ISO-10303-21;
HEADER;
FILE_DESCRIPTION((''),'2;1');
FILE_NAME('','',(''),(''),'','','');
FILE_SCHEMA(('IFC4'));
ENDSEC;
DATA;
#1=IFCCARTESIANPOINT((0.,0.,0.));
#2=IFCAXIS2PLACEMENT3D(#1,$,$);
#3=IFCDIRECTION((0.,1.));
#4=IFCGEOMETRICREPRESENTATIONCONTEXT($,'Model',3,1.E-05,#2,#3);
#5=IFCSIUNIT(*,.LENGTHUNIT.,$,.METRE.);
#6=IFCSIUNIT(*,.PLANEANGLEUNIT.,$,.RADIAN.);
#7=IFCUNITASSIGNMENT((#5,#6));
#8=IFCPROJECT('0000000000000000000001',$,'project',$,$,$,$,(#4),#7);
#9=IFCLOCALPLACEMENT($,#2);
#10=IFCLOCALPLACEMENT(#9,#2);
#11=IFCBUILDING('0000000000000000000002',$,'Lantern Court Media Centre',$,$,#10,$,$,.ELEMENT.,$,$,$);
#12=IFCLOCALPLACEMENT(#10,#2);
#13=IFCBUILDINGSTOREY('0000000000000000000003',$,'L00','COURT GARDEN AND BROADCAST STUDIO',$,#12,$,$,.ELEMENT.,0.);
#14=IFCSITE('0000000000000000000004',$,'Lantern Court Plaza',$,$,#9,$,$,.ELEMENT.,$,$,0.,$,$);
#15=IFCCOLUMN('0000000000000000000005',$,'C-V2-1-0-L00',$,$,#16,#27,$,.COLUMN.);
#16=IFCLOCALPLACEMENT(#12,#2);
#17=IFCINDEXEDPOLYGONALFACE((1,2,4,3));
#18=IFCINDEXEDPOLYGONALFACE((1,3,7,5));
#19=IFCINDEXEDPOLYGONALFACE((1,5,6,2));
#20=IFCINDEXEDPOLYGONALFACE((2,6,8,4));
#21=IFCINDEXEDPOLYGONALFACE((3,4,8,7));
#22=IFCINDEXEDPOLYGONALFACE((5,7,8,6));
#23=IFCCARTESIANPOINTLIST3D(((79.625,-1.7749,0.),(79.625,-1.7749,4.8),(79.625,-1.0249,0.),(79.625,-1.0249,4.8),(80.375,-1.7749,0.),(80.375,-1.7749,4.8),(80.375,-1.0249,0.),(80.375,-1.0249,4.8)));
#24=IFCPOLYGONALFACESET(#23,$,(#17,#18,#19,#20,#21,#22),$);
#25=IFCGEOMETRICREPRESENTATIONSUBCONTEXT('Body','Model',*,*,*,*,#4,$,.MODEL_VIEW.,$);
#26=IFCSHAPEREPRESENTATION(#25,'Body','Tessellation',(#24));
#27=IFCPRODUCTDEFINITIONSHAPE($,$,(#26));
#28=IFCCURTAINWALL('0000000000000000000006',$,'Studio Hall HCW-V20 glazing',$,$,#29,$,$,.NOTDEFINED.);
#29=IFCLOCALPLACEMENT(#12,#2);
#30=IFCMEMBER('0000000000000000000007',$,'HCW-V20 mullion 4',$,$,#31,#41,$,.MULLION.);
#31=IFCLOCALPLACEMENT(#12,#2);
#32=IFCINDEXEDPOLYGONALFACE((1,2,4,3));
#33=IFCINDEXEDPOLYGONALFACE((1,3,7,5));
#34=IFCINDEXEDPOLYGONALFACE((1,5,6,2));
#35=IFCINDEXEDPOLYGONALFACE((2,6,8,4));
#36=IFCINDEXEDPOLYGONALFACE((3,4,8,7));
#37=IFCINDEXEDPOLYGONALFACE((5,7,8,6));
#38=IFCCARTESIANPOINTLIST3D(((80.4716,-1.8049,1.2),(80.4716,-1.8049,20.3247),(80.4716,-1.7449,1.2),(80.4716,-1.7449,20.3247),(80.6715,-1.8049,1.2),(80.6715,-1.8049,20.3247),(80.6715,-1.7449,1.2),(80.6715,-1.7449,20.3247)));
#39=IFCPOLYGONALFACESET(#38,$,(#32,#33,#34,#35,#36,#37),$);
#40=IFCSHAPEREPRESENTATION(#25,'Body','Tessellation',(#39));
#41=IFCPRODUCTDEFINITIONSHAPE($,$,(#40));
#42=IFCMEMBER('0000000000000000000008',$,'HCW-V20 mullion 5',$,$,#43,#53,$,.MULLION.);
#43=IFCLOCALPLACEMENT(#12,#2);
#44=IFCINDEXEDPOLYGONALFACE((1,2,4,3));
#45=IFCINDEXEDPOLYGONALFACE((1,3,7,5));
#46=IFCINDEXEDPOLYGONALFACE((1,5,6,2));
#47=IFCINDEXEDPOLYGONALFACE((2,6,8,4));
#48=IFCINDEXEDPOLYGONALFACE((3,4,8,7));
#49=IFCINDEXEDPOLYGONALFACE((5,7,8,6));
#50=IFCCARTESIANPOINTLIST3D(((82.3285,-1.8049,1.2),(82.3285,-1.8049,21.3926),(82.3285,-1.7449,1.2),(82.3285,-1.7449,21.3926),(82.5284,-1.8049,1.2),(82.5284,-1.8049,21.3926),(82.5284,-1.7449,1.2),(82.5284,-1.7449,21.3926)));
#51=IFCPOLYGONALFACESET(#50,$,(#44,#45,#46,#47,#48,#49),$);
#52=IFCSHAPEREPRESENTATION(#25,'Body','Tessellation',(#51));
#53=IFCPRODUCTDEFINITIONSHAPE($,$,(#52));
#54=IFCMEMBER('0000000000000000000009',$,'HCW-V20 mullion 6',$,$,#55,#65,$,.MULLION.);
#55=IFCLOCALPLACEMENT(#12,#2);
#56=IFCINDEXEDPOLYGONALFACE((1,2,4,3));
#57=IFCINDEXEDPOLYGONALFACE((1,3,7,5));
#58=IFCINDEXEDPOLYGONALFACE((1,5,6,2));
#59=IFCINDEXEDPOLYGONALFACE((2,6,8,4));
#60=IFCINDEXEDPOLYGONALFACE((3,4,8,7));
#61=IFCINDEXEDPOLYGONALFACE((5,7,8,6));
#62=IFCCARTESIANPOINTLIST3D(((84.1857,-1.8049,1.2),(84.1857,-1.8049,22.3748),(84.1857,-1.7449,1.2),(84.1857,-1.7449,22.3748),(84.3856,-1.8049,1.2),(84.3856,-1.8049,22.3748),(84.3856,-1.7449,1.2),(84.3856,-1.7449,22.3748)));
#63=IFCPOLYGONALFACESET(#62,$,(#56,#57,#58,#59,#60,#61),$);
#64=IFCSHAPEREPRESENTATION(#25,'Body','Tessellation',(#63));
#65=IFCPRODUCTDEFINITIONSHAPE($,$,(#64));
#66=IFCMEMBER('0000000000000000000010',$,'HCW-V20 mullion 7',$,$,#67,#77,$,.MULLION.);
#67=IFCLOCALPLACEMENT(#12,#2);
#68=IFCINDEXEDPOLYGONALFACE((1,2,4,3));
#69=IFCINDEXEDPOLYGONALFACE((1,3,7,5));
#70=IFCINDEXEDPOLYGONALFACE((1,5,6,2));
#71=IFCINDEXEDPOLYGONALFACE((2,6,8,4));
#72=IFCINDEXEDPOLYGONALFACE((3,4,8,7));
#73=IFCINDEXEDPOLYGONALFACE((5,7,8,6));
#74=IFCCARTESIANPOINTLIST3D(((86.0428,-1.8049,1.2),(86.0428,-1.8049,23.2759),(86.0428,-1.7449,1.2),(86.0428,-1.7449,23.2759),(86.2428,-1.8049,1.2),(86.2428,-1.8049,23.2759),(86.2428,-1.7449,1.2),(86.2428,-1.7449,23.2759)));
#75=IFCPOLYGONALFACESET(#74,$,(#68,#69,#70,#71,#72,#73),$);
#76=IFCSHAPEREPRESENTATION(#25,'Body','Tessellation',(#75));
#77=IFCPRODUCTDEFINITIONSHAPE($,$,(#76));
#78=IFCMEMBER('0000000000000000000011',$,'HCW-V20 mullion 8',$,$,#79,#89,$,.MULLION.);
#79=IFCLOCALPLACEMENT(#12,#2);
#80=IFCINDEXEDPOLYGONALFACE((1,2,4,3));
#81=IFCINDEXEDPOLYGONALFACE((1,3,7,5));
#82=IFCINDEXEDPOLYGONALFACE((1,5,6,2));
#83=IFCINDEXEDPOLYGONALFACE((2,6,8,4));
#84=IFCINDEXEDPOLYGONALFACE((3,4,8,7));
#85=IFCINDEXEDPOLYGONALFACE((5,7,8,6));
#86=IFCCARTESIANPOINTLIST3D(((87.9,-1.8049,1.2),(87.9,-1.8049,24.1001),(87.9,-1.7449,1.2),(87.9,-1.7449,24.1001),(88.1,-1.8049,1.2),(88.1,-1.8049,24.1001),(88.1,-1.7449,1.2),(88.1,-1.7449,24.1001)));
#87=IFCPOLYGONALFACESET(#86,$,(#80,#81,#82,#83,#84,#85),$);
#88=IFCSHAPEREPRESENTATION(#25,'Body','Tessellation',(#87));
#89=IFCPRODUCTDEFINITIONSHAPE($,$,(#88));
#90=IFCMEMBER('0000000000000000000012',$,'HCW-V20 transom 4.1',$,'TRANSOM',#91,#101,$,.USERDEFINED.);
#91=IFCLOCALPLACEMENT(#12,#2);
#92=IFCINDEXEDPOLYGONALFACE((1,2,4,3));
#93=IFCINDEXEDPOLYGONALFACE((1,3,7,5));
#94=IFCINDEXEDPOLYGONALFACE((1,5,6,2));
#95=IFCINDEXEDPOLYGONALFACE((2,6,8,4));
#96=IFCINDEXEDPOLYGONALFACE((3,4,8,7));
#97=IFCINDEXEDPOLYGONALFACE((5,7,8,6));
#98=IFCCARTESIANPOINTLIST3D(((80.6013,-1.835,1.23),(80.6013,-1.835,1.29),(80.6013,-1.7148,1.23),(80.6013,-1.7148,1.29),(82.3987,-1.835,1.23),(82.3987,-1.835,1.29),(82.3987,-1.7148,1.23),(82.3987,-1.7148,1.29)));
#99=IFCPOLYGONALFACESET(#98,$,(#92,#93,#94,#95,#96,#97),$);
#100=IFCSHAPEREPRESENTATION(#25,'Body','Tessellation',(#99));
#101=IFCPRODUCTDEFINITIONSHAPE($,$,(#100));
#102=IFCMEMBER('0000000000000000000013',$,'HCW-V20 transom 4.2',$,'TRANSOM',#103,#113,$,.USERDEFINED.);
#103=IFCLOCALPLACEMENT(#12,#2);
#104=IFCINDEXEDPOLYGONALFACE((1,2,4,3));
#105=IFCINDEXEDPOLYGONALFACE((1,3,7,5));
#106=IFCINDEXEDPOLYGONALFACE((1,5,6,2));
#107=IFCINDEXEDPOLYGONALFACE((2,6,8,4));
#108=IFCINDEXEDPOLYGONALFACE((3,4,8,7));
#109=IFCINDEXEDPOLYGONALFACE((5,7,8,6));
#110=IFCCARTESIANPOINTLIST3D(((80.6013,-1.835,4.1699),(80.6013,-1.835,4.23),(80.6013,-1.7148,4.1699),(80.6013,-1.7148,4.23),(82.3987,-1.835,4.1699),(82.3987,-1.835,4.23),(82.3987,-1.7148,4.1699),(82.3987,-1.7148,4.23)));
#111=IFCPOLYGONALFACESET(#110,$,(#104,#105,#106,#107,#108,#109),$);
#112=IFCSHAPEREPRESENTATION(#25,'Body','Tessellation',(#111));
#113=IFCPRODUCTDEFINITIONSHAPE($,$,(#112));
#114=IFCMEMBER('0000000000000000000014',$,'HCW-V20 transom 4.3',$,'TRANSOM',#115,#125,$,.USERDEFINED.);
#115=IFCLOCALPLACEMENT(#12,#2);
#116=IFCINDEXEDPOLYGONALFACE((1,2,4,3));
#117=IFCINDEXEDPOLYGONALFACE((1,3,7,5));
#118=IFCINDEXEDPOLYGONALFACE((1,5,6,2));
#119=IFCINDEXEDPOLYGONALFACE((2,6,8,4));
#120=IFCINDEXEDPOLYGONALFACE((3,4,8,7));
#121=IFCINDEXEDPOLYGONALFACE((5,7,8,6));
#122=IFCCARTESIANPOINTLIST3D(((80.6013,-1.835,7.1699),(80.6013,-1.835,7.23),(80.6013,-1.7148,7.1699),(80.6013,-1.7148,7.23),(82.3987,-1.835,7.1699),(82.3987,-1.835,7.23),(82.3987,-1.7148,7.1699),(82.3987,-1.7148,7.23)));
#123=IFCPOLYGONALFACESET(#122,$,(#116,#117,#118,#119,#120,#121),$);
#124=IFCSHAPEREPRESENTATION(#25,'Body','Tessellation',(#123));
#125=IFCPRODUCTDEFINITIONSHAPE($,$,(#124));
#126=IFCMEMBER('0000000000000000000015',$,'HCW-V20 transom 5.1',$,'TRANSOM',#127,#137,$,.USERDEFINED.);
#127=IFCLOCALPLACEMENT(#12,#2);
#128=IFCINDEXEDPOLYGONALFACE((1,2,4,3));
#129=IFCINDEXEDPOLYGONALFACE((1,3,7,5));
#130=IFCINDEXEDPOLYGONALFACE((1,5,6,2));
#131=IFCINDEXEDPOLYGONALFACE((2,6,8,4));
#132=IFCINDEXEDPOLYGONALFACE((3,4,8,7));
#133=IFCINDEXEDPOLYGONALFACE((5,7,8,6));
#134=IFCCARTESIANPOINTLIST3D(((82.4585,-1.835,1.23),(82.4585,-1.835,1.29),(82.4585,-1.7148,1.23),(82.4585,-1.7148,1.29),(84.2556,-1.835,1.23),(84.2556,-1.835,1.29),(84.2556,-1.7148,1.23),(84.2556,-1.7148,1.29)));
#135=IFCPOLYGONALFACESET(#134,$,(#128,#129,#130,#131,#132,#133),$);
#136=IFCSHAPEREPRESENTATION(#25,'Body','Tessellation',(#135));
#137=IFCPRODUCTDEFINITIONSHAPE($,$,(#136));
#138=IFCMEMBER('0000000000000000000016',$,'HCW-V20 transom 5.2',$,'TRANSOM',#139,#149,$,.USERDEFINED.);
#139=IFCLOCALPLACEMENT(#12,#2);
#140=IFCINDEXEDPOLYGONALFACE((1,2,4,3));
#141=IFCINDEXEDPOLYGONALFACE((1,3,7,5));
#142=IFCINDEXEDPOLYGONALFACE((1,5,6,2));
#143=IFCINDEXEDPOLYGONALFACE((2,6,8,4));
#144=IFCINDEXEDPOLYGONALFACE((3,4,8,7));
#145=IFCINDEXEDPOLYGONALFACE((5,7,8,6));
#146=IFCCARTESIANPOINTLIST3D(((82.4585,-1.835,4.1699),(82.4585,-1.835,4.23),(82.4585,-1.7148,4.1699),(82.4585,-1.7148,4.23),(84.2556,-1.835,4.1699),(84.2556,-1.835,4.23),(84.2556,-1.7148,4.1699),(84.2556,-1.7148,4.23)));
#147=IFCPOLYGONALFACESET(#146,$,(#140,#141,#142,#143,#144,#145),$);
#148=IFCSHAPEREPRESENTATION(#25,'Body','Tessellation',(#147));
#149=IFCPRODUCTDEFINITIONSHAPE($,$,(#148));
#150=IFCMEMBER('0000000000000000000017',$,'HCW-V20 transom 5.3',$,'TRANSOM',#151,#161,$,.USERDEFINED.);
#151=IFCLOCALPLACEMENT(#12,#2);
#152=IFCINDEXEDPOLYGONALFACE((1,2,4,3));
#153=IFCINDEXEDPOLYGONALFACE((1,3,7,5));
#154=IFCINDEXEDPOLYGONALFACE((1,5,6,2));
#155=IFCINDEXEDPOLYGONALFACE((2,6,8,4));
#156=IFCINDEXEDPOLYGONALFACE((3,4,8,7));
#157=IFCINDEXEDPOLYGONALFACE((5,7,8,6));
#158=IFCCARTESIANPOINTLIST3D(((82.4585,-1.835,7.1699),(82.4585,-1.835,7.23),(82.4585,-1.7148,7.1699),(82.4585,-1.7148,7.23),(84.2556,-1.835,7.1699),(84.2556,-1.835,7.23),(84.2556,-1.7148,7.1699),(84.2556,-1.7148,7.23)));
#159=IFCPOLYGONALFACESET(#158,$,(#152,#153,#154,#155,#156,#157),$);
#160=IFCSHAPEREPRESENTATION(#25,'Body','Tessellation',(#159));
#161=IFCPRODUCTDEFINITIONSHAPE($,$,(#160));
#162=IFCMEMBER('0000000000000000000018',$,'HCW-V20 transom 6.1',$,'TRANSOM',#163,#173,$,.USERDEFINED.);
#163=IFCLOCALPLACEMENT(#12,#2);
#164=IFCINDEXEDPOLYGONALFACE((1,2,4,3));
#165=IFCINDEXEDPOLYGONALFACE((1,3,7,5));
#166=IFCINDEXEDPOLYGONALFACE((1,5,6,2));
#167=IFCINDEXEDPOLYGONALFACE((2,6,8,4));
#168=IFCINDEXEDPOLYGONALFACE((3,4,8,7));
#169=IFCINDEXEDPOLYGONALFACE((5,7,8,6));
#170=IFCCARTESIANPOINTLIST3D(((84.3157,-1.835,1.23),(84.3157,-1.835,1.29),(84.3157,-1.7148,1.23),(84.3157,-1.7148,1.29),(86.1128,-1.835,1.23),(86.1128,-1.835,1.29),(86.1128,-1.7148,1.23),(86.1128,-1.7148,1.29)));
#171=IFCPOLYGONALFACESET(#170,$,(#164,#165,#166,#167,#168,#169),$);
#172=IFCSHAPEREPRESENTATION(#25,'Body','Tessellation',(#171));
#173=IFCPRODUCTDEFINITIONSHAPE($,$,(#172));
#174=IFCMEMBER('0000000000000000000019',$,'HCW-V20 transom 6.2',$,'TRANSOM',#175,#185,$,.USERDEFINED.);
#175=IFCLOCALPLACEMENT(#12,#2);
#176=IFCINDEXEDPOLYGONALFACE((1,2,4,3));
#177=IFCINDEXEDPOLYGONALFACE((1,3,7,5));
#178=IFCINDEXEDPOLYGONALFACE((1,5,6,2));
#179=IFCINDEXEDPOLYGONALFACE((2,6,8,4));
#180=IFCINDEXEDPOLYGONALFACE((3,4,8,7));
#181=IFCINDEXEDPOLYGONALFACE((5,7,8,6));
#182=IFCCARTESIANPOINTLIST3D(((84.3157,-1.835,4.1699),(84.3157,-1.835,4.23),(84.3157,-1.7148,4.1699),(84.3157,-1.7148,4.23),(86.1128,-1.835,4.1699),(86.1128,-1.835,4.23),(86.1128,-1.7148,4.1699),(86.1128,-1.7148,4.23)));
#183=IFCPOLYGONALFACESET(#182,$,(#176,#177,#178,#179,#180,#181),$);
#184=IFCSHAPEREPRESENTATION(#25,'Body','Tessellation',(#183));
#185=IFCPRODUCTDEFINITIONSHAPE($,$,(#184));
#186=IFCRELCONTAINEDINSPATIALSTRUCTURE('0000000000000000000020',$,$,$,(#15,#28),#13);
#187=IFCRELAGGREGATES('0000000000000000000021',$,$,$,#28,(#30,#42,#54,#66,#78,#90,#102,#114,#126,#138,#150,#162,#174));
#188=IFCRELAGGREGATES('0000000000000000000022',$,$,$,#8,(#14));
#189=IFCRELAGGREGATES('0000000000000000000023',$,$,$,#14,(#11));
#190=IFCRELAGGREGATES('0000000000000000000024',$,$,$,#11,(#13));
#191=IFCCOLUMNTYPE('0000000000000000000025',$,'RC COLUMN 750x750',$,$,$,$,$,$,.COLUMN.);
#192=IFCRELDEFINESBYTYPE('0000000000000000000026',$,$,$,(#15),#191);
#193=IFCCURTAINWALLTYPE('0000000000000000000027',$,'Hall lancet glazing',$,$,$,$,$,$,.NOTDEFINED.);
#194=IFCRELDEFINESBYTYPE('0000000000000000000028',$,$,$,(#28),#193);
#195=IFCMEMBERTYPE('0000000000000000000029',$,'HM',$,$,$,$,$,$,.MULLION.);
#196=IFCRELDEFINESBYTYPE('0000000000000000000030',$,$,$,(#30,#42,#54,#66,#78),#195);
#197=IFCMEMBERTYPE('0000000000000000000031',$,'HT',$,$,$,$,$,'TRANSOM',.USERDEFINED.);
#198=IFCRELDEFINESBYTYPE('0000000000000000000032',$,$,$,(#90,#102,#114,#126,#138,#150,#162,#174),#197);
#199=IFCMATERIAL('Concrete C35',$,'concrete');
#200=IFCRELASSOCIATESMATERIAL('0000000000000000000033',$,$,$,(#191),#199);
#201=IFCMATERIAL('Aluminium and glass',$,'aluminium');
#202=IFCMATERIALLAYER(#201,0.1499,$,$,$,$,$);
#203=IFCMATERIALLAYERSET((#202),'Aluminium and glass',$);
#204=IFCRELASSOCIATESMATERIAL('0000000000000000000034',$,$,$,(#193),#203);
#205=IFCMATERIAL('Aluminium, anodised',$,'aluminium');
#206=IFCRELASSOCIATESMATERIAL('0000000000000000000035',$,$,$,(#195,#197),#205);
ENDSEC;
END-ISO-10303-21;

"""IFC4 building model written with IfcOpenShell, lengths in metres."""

from ifc_helpers import new_model, si_unit, direction, frame, origin, origin_2d, place, context, subcontext, project, spatial, rectangle, extrude, material, layer, layer_set, material_profile, profile_set, type_object, element, aggregate, save


model = new_model("IFC4")

# Units and contexts
model_context = context("Model", 3, precision=1e-05, world=origin(), true_north=direction((0.0, 1.0)))
body_context = subcontext(model_context, "Body", "Model", "MODEL_VIEW")
ifc_project = project(units=[si_unit("LENGTHUNIT", "METRE"), si_unit("PLANEANGLEUNIT", "RADIAN")], contexts=[model_context])

# Site, building, storey
site_placement = place(None, origin())
site = spatial("IfcSite", under=ifc_project, at=site_placement, Name="Lantern Court Plaza", CompositionType="ELEMENT", RefElevation=0.0)
building_placement = place(site_placement, origin())
building = spatial("IfcBuilding", under=site, at=building_placement, Name="Lantern Court Media Centre", CompositionType="ELEMENT")
storey_placement = place(building_placement, origin())
storey = spatial("IfcBuildingStorey", under=building, at=storey_placement, Name="L00", Description="COURT GARDEN AND BROADCAST STUDIO", CompositionType="ELEMENT", Elevation=0.0)

# Column
ifc_material_1 = material(Name="Concrete C35", Category="concrete")
ifc_material_profile_1 = material_profile(ifc_material_1, rectangle(XDim=0.75, YDim=0.75, at=origin_2d()), Name="RC 750x750")
ifc_profile_set_1 = profile_set([ifc_material_profile_1], Name="Concrete C35")
column_type = type_object("IfcColumnType", Name="RC COLUMN 750x750", PredefinedType="COLUMN", material=ifc_profile_set_1)
column_placement = place(storey_placement, frame((80.0, -1.3999, 0.0), z_axis=(0.0, 0.0, 1.0), x_axis=(1.0, 0.0, 0.0)))
element("IfcColumn", 1, at=column_placement, inside=storey, type_object=column_type, Name="C-V2-1-0-L00", PredefinedType="COLUMN", context=body_context, shape_type="SweptSolid", body=[
    extrude(rectangle(XDim=0.75, YDim=0.75, at=origin_2d()), origin(), (0.0, 0.0, 1.0), 4.8),
])

# Curtain wall, members
ifc_material_2 = material(Name="Aluminium and glass", Category="aluminium")
ifc_layer_1 = layer(ifc_material_2, 0.1499)
ifc_layer_set_1 = layer_set([ifc_layer_1], Name="Aluminium and glass")
curtain_wall_type = type_object("IfcCurtainWallType", Name="Hall lancet glazing", PredefinedType="NOTDEFINED", material=ifc_layer_set_1)
curtain_wall_placement = place(storey_placement, origin())
curtain_wall = element("IfcCurtainWall", 2, at=curtain_wall_placement, inside=storey, type_object=curtain_wall_type, Name="Studio Hall HCW-V20 glazing", PredefinedType="NOTDEFINED")
ifc_material_3 = material(Name="Aluminium, anodised", Category="aluminium")
ifc_material_profile_2 = material_profile(ifc_material_3, rectangle(XDim=0.0601, YDim=0.2, at=origin_2d()), Name="HM")
ifc_profile_set_2 = profile_set([ifc_material_profile_2], Name="Aluminium, anodised")
member_type_1 = type_object("IfcMemberType", Name="HM", PredefinedType="MULLION", material=ifc_profile_set_2)
member_1_placement = place(storey_placement, frame((80.5715, -1.7749, 1.2), z_axis=(0.0, 0.0, 1.0), x_axis=(0.0, 1.0, 0.0)))
member_1 = element("IfcMember", 3, at=member_1_placement, type_object=member_type_1, Name="HCW-V20 mullion 4", PredefinedType="MULLION", context=body_context, shape_type="SweptSolid", body=[
    extrude(rectangle(XDim=0.0601, YDim=0.2, at=origin_2d()), origin(), (0.0, 0.0, 1.0), 19.1248),
])
member_2_placement = place(storey_placement, frame((82.4285, -1.7749, 1.2), z_axis=(0.0, 0.0, 1.0), x_axis=(0.0, 1.0, 0.0)))
member_2 = element("IfcMember", 4, at=member_2_placement, type_object=member_type_1, Name="HCW-V20 mullion 5", PredefinedType="MULLION", context=body_context, shape_type="SweptSolid", body=[
    extrude(rectangle(XDim=0.0601, YDim=0.2, at=origin_2d()), origin(), (0.0, 0.0, 1.0), 20.1926),
])
member_3_placement = place(storey_placement, frame((84.2856, -1.7749, 1.2), z_axis=(0.0, 0.0, 1.0), x_axis=(0.0, 1.0, 0.0)))
member_3 = element("IfcMember", 5, at=member_3_placement, type_object=member_type_1, Name="HCW-V20 mullion 6", PredefinedType="MULLION", context=body_context, shape_type="SweptSolid", body=[
    extrude(rectangle(XDim=0.0601, YDim=0.2, at=origin_2d()), origin(), (0.0, 0.0, 1.0), 21.1748),
])
member_4_placement = place(storey_placement, frame((86.1428, -1.7749, 1.2), z_axis=(0.0, 0.0, 1.0), x_axis=(0.0, 1.0, 0.0)))
member_4 = element("IfcMember", 6, at=member_4_placement, type_object=member_type_1, Name="HCW-V20 mullion 7", PredefinedType="MULLION", context=body_context, shape_type="SweptSolid", body=[
    extrude(rectangle(XDim=0.0601, YDim=0.2, at=origin_2d()), origin(), (0.0, 0.0, 1.0), 22.0759),
])
member_5_placement = place(storey_placement, frame((88.0, -1.7749, 1.2), z_axis=(0.0, 0.0, 1.0), x_axis=(0.0, 1.0, 0.0)))
member_5 = element("IfcMember", 7, at=member_5_placement, type_object=member_type_1, Name="HCW-V20 mullion 8", PredefinedType="MULLION", context=body_context, shape_type="SweptSolid", body=[
    extrude(rectangle(XDim=0.0601, YDim=0.2, at=origin_2d()), origin(), (0.0, 0.0, 1.0), 22.9001),
])
ifc_material_profile_3 = material_profile(ifc_material_3, rectangle(XDim=0.1201, YDim=0.0601, at=origin_2d()), Name="HT")
ifc_profile_set_3 = profile_set([ifc_material_profile_3], Name="Aluminium, anodised")
member_type_2 = type_object("IfcMemberType", Name="HT", ElementType="TRANSOM", PredefinedType="USERDEFINED", material=ifc_profile_set_3)
member_6_placement = place(storey_placement, frame((80.6013, -1.7749, 1.26), z_axis=(1.0, 0.0, 0.0), x_axis=(0.0, 1.0, 0.0)))
member_6 = element("IfcMember", 8, at=member_6_placement, type_object=member_type_2, Name="HCW-V20 transom 4.1", ObjectType="TRANSOM", PredefinedType="USERDEFINED", context=body_context, shape_type="SweptSolid", body=[
    extrude(rectangle(XDim=0.1201, YDim=0.0601, at=origin_2d()), origin(), (0.0, 0.0, 1.0), 1.7974),
])
member_7_placement = place(storey_placement, frame((80.6013, -1.7749, 4.2), z_axis=(1.0, 0.0, 0.0), x_axis=(0.0, 1.0, 0.0)))
member_7 = element("IfcMember", 9, at=member_7_placement, type_object=member_type_2, Name="HCW-V20 transom 4.2", ObjectType="TRANSOM", PredefinedType="USERDEFINED", context=body_context, shape_type="SweptSolid", body=[
    extrude(rectangle(XDim=0.1201, YDim=0.0601, at=origin_2d()), origin(), (0.0, 0.0, 1.0), 1.7974),
])
member_8_placement = place(storey_placement, frame((80.6013, -1.7749, 7.2), z_axis=(1.0, 0.0, 0.0), x_axis=(0.0, 1.0, 0.0)))
member_8 = element("IfcMember", 10, at=member_8_placement, type_object=member_type_2, Name="HCW-V20 transom 4.3", ObjectType="TRANSOM", PredefinedType="USERDEFINED", context=body_context, shape_type="SweptSolid", body=[
    extrude(rectangle(XDim=0.1201, YDim=0.0601, at=origin_2d()), origin(), (0.0, 0.0, 1.0), 1.7974),
])
member_9_placement = place(storey_placement, frame((82.4585, -1.7749, 1.26), z_axis=(1.0, 0.0, 0.0), x_axis=(0.0, 1.0, 0.0)))
member_9 = element("IfcMember", 11, at=member_9_placement, type_object=member_type_2, Name="HCW-V20 transom 5.1", ObjectType="TRANSOM", PredefinedType="USERDEFINED", context=body_context, shape_type="SweptSolid", body=[
    extrude(rectangle(XDim=0.1201, YDim=0.0601, at=origin_2d()), origin(), (0.0, 0.0, 1.0), 1.7971),
])
member_10_placement = place(storey_placement, frame((82.4585, -1.7749, 4.2), z_axis=(1.0, 0.0, 0.0), x_axis=(0.0, 1.0, 0.0)))
member_10 = element("IfcMember", 12, at=member_10_placement, type_object=member_type_2, Name="HCW-V20 transom 5.2", ObjectType="TRANSOM", PredefinedType="USERDEFINED", context=body_context, shape_type="SweptSolid", body=[
    extrude(rectangle(XDim=0.1201, YDim=0.0601, at=origin_2d()), origin(), (0.0, 0.0, 1.0), 1.7971),
])
member_11_placement = place(storey_placement, frame((82.4585, -1.7749, 7.2), z_axis=(1.0, 0.0, 0.0), x_axis=(0.0, 1.0, 0.0)))
member_11 = element("IfcMember", 13, at=member_11_placement, type_object=member_type_2, Name="HCW-V20 transom 5.3", ObjectType="TRANSOM", PredefinedType="USERDEFINED", context=body_context, shape_type="SweptSolid", body=[
    extrude(rectangle(XDim=0.1201, YDim=0.0601, at=origin_2d()), origin(), (0.0, 0.0, 1.0), 1.7971),
])
member_12_placement = place(storey_placement, frame((84.3157, -1.7749, 1.26), z_axis=(1.0, 0.0, 0.0), x_axis=(0.0, 1.0, 0.0)))
member_12 = element("IfcMember", 14, at=member_12_placement, type_object=member_type_2, Name="HCW-V20 transom 6.1", ObjectType="TRANSOM", PredefinedType="USERDEFINED", context=body_context, shape_type="SweptSolid", body=[
    extrude(rectangle(XDim=0.1201, YDim=0.0601, at=origin_2d()), origin(), (0.0, 0.0, 1.0), 1.7971),
])
member_13_placement = place(storey_placement, frame((84.3157, -1.7749, 4.2), z_axis=(1.0, 0.0, 0.0), x_axis=(0.0, 1.0, 0.0)))
member_13 = element("IfcMember", 15, at=member_13_placement, type_object=member_type_2, Name="HCW-V20 transom 6.2", ObjectType="TRANSOM", PredefinedType="USERDEFINED", context=body_context, shape_type="SweptSolid", body=[
    extrude(rectangle(XDim=0.1201, YDim=0.0601, at=origin_2d()), origin(), (0.0, 0.0, 1.0), 1.7971),
])

aggregate(curtain_wall, [member_1, member_2, member_3, member_4, member_5, member_6, member_7, member_8, member_9, member_10, member_11, member_12, member_13])

save(model, "model.ifc")
